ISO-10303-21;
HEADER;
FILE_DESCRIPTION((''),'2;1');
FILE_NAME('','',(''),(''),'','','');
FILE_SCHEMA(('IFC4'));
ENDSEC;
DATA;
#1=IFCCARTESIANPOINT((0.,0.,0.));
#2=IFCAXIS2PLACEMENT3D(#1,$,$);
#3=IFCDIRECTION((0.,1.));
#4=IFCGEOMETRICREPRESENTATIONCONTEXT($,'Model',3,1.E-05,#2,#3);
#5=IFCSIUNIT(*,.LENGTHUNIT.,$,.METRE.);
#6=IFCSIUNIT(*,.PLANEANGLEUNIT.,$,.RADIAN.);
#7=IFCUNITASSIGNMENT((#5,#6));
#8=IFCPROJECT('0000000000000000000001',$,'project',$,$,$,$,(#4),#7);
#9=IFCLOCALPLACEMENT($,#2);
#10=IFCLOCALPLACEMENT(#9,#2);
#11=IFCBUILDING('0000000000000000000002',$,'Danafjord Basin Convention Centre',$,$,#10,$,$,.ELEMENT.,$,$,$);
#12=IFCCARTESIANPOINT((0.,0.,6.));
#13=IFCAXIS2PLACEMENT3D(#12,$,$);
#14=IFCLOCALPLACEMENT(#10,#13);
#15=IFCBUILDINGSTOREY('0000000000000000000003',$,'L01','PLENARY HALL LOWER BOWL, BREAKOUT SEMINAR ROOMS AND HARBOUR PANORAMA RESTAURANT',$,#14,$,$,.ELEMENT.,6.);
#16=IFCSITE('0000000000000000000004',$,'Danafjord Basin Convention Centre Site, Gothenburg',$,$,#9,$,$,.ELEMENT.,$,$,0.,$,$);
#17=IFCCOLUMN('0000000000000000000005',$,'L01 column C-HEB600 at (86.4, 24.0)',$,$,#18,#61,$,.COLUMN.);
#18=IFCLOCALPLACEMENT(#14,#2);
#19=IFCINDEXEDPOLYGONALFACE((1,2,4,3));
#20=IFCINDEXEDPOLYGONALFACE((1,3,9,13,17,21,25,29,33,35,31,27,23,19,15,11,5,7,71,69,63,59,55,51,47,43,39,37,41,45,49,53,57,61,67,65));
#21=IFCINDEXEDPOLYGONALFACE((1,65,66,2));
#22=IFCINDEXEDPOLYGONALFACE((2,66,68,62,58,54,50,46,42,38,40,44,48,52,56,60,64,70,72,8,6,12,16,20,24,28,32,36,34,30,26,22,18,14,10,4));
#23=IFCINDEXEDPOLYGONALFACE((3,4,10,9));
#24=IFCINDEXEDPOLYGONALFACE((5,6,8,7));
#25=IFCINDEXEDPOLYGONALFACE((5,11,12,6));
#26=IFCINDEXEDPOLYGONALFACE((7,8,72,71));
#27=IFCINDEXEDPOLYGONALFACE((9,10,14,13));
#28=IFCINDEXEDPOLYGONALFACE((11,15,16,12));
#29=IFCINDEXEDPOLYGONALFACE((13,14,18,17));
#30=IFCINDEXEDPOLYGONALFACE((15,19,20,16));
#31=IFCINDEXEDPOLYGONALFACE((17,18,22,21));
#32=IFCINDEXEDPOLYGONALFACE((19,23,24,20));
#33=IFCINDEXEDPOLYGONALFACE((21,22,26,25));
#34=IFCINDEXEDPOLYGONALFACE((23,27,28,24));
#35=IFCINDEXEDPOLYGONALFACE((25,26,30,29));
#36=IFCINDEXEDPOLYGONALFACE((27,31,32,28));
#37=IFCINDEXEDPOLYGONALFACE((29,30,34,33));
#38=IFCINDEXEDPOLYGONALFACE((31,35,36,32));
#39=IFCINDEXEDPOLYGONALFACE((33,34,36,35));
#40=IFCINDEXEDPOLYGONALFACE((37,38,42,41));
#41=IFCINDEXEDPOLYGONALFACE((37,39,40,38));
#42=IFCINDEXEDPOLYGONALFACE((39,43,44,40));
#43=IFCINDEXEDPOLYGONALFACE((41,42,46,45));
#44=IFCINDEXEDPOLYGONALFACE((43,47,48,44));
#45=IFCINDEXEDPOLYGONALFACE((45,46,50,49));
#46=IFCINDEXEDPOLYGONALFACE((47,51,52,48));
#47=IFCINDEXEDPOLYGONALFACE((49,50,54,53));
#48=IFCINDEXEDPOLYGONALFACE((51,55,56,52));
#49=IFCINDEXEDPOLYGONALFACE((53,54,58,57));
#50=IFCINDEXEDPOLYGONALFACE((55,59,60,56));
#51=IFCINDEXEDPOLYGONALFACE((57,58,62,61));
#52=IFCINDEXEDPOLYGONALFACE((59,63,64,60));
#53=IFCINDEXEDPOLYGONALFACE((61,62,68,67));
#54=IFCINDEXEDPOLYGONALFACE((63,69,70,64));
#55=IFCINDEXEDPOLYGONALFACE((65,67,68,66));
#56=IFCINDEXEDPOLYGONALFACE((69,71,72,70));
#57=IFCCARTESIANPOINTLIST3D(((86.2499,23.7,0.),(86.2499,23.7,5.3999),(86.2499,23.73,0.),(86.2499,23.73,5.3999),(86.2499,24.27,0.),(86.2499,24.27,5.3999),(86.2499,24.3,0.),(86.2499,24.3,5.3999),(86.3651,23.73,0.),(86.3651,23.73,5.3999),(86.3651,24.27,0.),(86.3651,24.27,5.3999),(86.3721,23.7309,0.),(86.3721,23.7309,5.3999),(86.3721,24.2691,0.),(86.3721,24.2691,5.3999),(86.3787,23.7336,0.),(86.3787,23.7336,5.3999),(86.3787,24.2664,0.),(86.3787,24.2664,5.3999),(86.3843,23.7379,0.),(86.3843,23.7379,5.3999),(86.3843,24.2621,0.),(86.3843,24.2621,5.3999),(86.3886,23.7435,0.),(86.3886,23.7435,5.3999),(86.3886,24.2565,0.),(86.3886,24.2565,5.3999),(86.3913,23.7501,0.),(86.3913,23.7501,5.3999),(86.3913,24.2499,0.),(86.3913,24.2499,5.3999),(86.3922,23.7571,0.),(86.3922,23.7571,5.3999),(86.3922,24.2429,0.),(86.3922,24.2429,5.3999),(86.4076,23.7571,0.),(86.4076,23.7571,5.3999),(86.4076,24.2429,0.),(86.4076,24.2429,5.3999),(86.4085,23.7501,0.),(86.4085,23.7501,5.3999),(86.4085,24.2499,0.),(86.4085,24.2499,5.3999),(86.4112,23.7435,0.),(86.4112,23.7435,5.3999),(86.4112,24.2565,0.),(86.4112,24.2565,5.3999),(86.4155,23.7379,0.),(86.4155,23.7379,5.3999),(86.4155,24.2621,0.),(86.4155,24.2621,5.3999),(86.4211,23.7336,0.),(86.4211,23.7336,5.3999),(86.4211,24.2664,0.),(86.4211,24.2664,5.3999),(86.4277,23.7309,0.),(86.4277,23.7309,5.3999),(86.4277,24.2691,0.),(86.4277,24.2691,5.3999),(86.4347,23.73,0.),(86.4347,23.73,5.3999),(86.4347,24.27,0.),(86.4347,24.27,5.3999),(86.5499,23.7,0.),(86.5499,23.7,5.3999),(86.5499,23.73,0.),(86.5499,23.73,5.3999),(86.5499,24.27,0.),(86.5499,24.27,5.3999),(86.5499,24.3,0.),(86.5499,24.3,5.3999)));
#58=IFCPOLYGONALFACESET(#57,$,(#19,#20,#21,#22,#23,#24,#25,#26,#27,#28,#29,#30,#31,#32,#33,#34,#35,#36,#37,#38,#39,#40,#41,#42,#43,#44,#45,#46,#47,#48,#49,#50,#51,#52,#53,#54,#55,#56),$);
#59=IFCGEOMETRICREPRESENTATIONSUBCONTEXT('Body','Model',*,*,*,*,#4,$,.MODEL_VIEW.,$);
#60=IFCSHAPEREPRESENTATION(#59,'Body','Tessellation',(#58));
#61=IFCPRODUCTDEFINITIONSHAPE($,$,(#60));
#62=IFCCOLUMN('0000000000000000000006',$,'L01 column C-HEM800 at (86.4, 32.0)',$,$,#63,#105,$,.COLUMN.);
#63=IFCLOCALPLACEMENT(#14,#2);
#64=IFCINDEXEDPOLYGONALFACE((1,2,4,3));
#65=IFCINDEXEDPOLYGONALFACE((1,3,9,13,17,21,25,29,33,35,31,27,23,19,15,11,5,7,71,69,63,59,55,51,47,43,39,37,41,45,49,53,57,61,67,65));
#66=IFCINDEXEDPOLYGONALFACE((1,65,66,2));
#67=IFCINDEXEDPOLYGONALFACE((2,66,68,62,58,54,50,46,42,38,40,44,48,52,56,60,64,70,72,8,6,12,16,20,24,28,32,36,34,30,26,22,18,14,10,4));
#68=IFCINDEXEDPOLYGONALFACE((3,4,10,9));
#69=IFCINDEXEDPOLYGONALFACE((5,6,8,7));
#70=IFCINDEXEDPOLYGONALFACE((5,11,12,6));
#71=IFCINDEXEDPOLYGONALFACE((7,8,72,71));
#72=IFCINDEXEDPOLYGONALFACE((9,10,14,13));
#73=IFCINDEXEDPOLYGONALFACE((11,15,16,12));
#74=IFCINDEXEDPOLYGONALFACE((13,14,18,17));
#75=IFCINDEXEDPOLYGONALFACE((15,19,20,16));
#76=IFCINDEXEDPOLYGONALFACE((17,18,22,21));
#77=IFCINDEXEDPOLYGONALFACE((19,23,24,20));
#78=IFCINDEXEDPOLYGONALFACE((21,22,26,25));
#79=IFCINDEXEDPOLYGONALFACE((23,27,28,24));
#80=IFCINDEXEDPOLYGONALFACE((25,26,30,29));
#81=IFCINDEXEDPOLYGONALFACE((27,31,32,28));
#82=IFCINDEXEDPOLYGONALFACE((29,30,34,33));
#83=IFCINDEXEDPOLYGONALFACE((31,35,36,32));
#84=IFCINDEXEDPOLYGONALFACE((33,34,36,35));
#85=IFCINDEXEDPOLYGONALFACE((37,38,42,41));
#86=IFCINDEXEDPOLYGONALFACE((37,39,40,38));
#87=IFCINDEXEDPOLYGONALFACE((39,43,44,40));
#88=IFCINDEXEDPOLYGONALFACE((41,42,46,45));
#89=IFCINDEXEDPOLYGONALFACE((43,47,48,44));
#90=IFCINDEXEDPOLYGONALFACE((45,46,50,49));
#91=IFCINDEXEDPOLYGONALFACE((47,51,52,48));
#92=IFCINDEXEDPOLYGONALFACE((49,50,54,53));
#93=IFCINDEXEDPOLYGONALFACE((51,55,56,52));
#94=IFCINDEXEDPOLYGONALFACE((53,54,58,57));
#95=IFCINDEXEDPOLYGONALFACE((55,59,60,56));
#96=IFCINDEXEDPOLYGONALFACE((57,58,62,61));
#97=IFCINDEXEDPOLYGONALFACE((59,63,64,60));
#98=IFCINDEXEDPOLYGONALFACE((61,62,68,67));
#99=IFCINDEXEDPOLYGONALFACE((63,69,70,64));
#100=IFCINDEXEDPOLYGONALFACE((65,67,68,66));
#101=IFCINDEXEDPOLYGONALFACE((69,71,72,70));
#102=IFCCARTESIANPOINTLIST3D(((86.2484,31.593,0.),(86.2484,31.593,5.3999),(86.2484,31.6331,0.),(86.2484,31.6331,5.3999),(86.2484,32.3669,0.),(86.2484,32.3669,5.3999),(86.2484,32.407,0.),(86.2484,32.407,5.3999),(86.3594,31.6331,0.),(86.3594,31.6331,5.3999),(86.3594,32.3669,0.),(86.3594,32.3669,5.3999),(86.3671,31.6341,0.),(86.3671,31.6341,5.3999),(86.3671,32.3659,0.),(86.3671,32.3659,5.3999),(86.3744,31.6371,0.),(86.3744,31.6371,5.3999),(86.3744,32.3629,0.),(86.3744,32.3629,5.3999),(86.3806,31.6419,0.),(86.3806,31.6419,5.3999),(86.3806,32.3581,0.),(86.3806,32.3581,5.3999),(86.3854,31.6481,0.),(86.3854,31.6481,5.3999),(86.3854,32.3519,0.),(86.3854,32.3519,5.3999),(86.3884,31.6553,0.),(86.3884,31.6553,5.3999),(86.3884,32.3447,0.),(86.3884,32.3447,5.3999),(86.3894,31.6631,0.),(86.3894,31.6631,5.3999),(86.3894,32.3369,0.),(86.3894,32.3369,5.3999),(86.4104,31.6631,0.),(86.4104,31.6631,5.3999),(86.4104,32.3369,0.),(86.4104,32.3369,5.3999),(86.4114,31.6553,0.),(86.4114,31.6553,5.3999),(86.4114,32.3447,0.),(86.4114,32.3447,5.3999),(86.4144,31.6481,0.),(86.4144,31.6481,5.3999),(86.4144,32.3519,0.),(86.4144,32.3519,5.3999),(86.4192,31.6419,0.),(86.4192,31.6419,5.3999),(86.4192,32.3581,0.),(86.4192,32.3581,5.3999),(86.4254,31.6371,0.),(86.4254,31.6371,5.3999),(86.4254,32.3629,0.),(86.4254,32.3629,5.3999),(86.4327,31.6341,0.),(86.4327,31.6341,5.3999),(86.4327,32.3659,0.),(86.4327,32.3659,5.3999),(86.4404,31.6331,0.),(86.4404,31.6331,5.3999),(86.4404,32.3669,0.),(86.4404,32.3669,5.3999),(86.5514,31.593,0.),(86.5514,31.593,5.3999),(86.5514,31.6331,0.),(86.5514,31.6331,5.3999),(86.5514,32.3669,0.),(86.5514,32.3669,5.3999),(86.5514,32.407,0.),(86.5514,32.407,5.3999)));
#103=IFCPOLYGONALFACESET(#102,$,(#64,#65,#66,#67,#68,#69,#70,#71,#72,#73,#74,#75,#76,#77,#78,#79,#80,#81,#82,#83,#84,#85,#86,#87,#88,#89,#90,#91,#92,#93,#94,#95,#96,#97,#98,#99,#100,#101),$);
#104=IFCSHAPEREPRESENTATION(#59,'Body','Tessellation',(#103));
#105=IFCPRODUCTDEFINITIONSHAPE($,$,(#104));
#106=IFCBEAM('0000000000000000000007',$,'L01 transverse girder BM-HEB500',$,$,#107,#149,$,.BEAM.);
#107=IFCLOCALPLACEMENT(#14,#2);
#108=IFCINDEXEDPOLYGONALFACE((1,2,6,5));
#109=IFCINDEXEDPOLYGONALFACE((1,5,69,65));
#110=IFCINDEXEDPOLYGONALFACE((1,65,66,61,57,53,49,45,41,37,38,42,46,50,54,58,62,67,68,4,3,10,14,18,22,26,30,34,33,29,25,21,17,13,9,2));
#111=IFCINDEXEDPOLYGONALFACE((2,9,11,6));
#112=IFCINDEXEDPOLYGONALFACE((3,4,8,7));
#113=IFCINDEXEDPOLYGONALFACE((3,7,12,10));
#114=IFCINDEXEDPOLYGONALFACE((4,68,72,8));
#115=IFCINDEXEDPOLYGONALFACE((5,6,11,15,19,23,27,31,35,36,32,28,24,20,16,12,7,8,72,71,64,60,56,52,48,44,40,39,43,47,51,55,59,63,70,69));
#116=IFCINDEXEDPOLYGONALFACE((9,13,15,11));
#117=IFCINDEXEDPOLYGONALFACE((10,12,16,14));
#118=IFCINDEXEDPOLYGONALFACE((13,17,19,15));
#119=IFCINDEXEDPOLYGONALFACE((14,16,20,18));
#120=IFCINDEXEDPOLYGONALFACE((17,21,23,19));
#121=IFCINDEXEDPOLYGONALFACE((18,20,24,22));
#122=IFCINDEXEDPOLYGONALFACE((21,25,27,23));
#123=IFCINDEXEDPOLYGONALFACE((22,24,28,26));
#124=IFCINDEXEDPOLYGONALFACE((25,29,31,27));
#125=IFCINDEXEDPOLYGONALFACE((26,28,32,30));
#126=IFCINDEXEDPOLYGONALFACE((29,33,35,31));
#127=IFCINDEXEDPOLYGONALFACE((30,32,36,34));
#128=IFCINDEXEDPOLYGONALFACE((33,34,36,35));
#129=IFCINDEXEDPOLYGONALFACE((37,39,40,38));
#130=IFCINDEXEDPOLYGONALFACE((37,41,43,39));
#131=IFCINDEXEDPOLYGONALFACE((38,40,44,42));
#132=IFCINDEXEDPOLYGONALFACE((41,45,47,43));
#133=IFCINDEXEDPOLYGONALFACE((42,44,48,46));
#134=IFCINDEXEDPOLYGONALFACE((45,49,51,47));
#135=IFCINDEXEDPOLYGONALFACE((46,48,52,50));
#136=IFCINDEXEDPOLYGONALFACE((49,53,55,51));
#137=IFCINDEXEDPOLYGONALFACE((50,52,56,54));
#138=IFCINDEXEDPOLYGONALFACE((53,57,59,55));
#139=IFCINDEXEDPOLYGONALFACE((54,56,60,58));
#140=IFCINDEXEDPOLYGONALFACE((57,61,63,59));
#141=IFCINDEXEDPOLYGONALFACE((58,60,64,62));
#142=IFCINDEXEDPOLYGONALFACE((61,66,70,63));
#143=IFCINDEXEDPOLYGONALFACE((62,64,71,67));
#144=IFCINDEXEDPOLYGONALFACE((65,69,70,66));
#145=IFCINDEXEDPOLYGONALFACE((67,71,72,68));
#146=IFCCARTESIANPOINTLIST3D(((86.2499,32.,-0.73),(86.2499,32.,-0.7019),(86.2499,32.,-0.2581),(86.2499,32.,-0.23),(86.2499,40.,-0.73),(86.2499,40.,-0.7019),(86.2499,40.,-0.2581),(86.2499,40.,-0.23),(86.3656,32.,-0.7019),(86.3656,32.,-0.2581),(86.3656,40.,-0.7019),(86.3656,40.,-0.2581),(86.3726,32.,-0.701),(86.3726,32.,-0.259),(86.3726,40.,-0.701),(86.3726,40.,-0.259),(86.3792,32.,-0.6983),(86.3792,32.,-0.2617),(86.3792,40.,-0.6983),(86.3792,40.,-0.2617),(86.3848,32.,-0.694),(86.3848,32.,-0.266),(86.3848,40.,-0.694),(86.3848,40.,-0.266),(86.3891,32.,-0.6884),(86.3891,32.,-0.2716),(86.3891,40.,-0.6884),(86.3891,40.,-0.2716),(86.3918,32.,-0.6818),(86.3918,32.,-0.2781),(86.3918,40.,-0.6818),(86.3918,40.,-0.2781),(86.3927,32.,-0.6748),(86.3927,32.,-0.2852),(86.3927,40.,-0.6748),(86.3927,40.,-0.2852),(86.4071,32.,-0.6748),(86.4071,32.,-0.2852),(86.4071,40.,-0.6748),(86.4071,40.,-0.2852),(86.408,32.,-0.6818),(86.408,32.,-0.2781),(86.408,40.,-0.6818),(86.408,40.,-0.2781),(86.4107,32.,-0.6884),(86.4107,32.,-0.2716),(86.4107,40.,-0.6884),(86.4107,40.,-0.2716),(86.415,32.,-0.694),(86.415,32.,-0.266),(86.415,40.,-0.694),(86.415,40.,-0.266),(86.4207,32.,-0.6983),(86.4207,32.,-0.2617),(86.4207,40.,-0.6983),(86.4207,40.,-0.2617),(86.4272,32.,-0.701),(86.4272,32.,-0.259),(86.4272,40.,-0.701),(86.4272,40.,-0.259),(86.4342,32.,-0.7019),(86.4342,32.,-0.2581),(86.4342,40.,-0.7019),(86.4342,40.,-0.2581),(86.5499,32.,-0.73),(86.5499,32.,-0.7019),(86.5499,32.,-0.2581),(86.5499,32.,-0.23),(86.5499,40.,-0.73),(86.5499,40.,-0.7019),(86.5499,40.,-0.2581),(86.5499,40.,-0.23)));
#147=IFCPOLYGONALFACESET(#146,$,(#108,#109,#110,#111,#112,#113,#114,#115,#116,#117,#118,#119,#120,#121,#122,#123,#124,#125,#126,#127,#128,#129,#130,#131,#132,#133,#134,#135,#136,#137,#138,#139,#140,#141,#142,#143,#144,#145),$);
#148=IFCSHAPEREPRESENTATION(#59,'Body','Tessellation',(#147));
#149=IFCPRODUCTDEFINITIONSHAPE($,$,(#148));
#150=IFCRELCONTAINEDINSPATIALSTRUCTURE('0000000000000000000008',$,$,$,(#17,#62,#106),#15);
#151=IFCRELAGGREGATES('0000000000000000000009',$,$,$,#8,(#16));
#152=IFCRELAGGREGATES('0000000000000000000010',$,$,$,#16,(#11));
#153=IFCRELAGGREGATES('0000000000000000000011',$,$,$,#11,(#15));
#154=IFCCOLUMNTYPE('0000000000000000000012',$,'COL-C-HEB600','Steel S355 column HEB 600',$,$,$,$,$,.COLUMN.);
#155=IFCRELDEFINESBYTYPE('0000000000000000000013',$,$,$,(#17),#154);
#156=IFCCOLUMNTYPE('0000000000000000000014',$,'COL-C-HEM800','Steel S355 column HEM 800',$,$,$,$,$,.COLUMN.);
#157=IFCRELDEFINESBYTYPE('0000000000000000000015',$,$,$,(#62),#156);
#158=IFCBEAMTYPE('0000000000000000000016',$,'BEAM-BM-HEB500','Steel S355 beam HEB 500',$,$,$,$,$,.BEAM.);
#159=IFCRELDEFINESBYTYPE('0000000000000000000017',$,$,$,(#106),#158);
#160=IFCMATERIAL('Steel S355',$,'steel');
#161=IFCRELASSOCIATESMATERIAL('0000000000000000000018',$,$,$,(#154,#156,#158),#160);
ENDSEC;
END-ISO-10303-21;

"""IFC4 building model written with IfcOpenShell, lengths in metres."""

from ifc_helpers import new_model, si_unit, direction, frame, origin, origin_2d, place, context, subcontext, project, spatial, i_section, extrude, material, material_profile, profile_set, type_object, element, save


model = new_model("IFC4")

# Units and contexts
model_context = context("Model", 3, precision=1e-05, world=origin(), true_north=direction((0.0, 1.0)))
body_context = subcontext(model_context, "Body", "Model", "MODEL_VIEW")
ifc_project = project(units=[si_unit("LENGTHUNIT", "METRE"), si_unit("PLANEANGLEUNIT", "RADIAN")], contexts=[model_context])

# Site, building, storey
site_placement = place(None, origin())
site = spatial("IfcSite", under=ifc_project, at=site_placement, Name="Danafjord Basin Convention Centre Site, Gothenburg", CompositionType="ELEMENT", RefElevation=0.0)
building_placement = place(site_placement, origin())
building = spatial("IfcBuilding", under=site, at=building_placement, Name="Danafjord Basin Convention Centre", CompositionType="ELEMENT")
storey_placement = place(building_placement, frame((0.0, 0.0, 6.0)))
storey = spatial("IfcBuildingStorey", under=building, at=storey_placement, Name="L01", Description="PLENARY HALL LOWER BOWL, BREAKOUT SEMINAR ROOMS AND HARBOUR PANORAMA RESTAURANT", CompositionType="ELEMENT", Elevation=6.0)

# Columns
ifc_material_1 = material(Name="Steel S355", Category="steel")
ifc_material_profile_1 = material_profile(ifc_material_1, i_section(OverallWidth=0.3, OverallDepth=0.6001, WebThickness=0.0154, FlangeThickness=0.03, FilletRadius=0.0271, at=origin_2d()), Name="HEB 600")
ifc_profile_set_1 = profile_set([ifc_material_profile_1], Name="Steel S355")
column_type_1 = type_object("IfcColumnType", Name="COL-C-HEB600", Description="Steel S355 column HEB 600", PredefinedType="COLUMN", material=ifc_profile_set_1)
column_1_placement = place(storey_placement, frame((86.3999, 24.0, 0.0), z_axis=(0.0, 0.0, 1.0), x_axis=(1.0, 0.0, 0.0)))
element("IfcColumn", 1, at=column_1_placement, inside=storey, type_object=column_type_1, Name="L01 column C-HEB600 at (86.4, 24.0)", PredefinedType="COLUMN", context=body_context, shape_type="SweptSolid", body=[
    extrude(i_section(OverallWidth=0.3, OverallDepth=0.6001, WebThickness=0.0154, FlangeThickness=0.03, FilletRadius=0.0271, at=origin_2d()), origin(), (0.0, 0.0, 1.0), 5.3999),
])
ifc_material_profile_2 = material_profile(ifc_material_1, i_section(OverallWidth=0.303, OverallDepth=0.814, WebThickness=0.021, FlangeThickness=0.04, FilletRadius=0.03, at=origin_2d()), Name="HEM 800")
ifc_profile_set_2 = profile_set([ifc_material_profile_2], Name="Steel S355")
column_type_2 = type_object("IfcColumnType", Name="COL-C-HEM800", Description="Steel S355 column HEM 800", PredefinedType="COLUMN", material=ifc_profile_set_2)
column_2_placement = place(storey_placement, frame((86.3999, 32.0, 0.0), z_axis=(0.0, 0.0, 1.0), x_axis=(1.0, 0.0, 0.0)))
element("IfcColumn", 2, at=column_2_placement, inside=storey, type_object=column_type_2, Name="L01 column C-HEM800 at (86.4, 32.0)", PredefinedType="COLUMN", context=body_context, shape_type="SweptSolid", body=[
    extrude(i_section(OverallWidth=0.303, OverallDepth=0.814, WebThickness=0.021, FlangeThickness=0.04, FilletRadius=0.03, at=origin_2d()), origin(), (0.0, 0.0, 1.0), 5.3999),
])

# Beam
ifc_material_profile_3 = material_profile(ifc_material_1, i_section(OverallWidth=0.3, OverallDepth=0.5, WebThickness=0.0144, FlangeThickness=0.0281, FilletRadius=0.0271, at=origin_2d()), Name="HEB 500")
ifc_profile_set_3 = profile_set([ifc_material_profile_3], Name="Steel S355")
beam_type_1 = type_object("IfcBeamType", Name="BEAM-BM-HEB500", Description="Steel S355 beam HEB 500", PredefinedType="BEAM", material=ifc_profile_set_3)
beam_1_placement = place(storey_placement, frame((86.3999, 32.0, -0.48), z_axis=(0.0, 1.0, 0.0), x_axis=(-1.0, 0.0, 0.0)))
element("IfcBeam", 3, at=beam_1_placement, inside=storey, type_object=beam_type_1, Name="L01 transverse girder BM-HEB500", PredefinedType="BEAM", context=body_context, shape_type="SweptSolid", body=[
    extrude(i_section(OverallWidth=0.3, OverallDepth=0.5, WebThickness=0.0144, FlangeThickness=0.0281, FilletRadius=0.0271, at=origin_2d()), origin(), (0.0, 0.0, 1.0), 8.0),
])

save(model, "model.ifc")
